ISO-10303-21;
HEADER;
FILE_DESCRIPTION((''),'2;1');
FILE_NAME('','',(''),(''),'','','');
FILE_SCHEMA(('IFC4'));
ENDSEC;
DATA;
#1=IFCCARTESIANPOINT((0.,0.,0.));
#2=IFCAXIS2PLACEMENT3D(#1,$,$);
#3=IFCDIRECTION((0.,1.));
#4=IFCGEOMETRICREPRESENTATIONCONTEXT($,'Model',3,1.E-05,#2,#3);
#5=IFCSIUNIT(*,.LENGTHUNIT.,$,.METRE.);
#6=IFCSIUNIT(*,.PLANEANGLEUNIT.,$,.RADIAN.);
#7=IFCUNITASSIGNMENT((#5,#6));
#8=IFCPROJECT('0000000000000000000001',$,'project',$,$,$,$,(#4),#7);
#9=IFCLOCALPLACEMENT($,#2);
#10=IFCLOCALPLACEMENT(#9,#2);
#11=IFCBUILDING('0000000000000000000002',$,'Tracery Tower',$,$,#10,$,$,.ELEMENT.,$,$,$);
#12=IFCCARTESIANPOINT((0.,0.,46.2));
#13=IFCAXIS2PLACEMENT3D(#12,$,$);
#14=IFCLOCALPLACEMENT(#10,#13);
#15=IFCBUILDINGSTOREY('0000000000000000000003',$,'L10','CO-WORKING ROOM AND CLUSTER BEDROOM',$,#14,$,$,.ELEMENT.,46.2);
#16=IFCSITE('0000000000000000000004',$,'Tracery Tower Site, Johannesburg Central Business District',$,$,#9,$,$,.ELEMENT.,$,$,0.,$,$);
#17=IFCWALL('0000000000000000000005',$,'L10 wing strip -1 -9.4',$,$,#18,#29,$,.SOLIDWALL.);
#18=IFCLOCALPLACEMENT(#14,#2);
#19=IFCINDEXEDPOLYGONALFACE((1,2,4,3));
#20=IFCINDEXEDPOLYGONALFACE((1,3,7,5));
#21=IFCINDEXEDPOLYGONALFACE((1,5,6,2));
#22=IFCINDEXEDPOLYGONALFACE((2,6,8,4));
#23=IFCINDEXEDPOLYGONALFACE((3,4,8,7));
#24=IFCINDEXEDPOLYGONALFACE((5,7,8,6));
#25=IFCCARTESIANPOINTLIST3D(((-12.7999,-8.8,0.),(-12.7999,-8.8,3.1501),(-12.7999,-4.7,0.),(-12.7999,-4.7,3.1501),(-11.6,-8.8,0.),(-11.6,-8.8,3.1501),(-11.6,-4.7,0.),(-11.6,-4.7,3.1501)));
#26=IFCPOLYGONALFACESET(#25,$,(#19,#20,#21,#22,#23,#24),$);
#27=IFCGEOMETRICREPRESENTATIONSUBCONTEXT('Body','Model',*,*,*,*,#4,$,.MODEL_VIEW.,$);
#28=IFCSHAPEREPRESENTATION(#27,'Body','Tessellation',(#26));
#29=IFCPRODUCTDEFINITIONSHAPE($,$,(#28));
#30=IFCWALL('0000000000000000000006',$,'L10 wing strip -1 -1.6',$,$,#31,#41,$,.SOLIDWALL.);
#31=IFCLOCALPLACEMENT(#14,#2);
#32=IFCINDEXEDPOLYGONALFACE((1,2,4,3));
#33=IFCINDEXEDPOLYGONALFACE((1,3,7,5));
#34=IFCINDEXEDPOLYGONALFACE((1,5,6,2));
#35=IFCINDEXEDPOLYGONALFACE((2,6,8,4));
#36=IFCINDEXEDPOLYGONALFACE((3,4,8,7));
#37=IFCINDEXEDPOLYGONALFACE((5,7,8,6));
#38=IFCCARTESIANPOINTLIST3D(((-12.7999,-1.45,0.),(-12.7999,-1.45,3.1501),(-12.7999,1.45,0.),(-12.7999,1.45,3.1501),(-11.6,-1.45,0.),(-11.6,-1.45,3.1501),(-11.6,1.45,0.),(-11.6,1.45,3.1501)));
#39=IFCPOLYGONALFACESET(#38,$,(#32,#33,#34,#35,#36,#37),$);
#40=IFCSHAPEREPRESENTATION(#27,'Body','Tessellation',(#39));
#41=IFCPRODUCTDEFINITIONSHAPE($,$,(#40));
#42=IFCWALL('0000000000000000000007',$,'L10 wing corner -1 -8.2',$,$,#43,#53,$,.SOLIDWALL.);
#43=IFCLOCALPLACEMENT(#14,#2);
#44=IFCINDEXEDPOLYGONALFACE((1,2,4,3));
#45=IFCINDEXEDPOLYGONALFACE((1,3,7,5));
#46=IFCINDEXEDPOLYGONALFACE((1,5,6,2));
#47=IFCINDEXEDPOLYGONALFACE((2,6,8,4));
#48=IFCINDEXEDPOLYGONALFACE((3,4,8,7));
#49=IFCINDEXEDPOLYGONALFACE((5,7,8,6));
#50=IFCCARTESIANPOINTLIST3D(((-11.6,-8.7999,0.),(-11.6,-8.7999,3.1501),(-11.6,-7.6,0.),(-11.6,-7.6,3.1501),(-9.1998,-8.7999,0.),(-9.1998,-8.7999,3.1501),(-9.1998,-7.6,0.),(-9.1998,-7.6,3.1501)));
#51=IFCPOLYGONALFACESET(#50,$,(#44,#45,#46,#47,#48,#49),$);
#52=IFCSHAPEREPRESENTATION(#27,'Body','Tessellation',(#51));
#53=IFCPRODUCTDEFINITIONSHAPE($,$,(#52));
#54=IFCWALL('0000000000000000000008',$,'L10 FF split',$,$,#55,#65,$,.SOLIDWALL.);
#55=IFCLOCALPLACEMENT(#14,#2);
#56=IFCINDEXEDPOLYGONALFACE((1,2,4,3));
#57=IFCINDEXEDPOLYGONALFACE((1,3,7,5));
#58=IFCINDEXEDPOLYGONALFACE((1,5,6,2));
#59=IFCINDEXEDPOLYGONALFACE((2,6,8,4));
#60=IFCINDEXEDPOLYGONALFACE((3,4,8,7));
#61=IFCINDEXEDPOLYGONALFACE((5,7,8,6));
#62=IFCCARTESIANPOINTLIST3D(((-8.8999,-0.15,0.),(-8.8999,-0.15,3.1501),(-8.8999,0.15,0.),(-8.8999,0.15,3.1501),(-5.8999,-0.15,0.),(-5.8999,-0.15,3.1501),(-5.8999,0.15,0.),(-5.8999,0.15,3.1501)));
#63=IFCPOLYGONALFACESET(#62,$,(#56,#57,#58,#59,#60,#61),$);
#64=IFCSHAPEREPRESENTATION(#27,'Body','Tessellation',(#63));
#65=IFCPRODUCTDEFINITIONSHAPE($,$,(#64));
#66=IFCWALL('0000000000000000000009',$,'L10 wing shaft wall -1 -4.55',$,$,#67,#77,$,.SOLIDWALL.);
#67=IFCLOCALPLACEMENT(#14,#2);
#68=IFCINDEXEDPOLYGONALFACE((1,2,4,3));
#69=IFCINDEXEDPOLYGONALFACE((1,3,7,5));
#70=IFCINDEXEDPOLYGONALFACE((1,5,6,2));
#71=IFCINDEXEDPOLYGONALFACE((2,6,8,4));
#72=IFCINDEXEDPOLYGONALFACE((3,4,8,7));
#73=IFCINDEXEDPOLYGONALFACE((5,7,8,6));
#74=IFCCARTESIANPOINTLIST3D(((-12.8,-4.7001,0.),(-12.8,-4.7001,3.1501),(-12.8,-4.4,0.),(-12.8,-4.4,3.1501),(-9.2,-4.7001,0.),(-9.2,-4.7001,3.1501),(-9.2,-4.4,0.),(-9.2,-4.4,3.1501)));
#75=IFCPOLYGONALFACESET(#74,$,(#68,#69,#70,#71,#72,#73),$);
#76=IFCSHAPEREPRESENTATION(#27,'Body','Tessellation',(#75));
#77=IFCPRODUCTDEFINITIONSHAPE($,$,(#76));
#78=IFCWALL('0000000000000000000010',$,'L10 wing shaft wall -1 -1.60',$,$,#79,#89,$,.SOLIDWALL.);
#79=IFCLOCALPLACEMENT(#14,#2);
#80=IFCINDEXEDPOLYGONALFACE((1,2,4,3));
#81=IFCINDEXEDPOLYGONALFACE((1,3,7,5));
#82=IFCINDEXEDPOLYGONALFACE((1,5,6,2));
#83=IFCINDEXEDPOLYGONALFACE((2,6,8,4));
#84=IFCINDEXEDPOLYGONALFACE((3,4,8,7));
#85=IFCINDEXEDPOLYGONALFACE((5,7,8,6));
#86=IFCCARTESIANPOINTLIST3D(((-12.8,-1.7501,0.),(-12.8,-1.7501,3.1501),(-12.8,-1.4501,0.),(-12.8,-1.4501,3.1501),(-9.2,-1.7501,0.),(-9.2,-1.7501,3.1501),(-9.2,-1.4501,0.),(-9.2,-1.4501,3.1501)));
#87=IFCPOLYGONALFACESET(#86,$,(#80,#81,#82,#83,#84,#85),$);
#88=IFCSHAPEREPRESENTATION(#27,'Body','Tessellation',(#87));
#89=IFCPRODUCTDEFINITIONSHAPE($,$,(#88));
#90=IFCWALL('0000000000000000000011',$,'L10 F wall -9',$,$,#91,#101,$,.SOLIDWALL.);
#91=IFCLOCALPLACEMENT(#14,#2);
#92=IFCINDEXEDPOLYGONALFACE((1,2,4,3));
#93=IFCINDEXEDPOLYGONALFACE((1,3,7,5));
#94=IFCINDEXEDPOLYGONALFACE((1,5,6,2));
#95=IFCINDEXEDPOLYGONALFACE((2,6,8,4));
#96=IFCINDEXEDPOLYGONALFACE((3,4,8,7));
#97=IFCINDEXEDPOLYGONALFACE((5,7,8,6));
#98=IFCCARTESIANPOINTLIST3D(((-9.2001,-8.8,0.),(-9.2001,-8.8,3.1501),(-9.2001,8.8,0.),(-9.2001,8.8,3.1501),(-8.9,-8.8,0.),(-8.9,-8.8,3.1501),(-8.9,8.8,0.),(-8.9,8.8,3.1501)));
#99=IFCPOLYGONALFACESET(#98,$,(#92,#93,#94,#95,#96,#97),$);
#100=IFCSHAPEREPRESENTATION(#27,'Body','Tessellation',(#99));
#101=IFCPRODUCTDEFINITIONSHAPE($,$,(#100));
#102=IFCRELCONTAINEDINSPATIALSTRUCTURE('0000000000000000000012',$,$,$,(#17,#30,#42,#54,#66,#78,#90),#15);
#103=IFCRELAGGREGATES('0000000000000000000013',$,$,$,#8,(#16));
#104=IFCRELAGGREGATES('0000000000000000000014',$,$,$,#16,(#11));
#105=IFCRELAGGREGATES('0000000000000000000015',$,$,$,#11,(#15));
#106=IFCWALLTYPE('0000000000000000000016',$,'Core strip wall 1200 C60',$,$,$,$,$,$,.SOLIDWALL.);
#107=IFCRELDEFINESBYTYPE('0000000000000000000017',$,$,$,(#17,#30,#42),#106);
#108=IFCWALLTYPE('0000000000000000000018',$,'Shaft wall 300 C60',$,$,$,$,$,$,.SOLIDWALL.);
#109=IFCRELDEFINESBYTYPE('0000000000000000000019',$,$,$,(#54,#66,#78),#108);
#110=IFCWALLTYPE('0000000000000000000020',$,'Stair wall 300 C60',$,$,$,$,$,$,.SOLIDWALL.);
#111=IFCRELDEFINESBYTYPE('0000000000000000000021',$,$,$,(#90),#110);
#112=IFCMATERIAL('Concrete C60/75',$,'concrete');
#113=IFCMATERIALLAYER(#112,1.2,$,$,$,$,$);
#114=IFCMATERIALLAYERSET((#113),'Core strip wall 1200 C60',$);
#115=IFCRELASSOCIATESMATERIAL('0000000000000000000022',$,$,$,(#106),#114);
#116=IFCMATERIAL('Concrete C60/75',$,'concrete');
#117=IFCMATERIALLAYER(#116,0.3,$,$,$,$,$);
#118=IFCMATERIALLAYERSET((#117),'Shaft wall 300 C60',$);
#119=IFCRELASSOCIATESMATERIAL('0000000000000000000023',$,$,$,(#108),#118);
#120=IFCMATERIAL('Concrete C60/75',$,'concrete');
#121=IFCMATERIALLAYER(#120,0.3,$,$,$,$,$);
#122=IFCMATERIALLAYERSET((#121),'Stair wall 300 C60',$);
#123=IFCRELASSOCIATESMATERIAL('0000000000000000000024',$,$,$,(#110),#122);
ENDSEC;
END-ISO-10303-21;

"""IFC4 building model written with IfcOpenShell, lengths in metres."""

from ifc_helpers import new_model, si_unit, direction, frame, frame_2d, origin, place, context, subcontext, project, spatial, rectangle, extrude, material, layer, layer_set, type_object, element, save


model = new_model("IFC4")

# Units and contexts
model_context = context("Model", 3, precision=1e-05, world=origin(), true_north=direction((0.0, 1.0)))
body_context = subcontext(model_context, "Body", "Model", "MODEL_VIEW")
ifc_project = project(units=[si_unit("LENGTHUNIT", "METRE"), si_unit("PLANEANGLEUNIT", "RADIAN")], contexts=[model_context])

# Site, building, storey
site_placement = place(None, origin())
site = spatial("IfcSite", under=ifc_project, at=site_placement, Name="Tracery Tower Site, Johannesburg Central Business District", CompositionType="ELEMENT", RefElevation=0.0)
building_placement = place(site_placement, origin())
building = spatial("IfcBuilding", under=site, at=building_placement, Name="Tracery Tower", CompositionType="ELEMENT")
storey_placement = place(building_placement, frame((0.0, 0.0, 46.2)))
storey = spatial("IfcBuildingStorey", under=building, at=storey_placement, Name="L10", Description="CO-WORKING ROOM AND CLUSTER BEDROOM", CompositionType="ELEMENT", Elevation=46.2)

# Walls
ifc_material_1 = material(Name="Concrete C60/75", Category="concrete")
ifc_layer_1 = layer(ifc_material_1, 1.2)
ifc_layer_set_1 = layer_set([ifc_layer_1], Name="Core strip wall 1200 C60")
wall_type_1 = type_object("IfcWallType", Name="Core strip wall 1200 C60", PredefinedType="SOLIDWALL", material=ifc_layer_set_1)
wall_1_placement = place(storey_placement, frame((-12.2, -8.8, 0.0), z_axis=(0.0, 0.0, 1.0), x_axis=(0.0, 1.0, 0.0)))
element("IfcWall", 1, at=wall_1_placement, inside=storey, type_object=wall_type_1, Name="L10 wing strip -1 -9.4", PredefinedType="SOLIDWALL", context=body_context, shape_type="SweptSolid", body=[
    extrude(rectangle(XDim=4.1001, YDim=1.2, at=frame_2d((2.05, 0.0))), origin(), (0.0, 0.0, 1.0), 3.1501),
])
wall_2_placement = place(storey_placement, frame((-12.2, -1.45, 0.0), z_axis=(0.0, 0.0, 1.0), x_axis=(0.0, 1.0, 0.0)))
element("IfcWall", 2, at=wall_2_placement, inside=storey, type_object=wall_type_1, Name="L10 wing strip -1 -1.6", PredefinedType="SOLIDWALL", context=body_context, shape_type="SweptSolid", body=[
    extrude(rectangle(XDim=2.8999, YDim=1.2, at=frame_2d((1.45, 0.0))), origin(), (0.0, 0.0, 1.0), 3.1501),
])
wall_3_placement = place(storey_placement, frame((-11.6001, -8.2, 0.0), z_axis=(0.0, 0.0, 1.0), x_axis=(1.0, 0.0, 0.0)))
element("IfcWall", 3, at=wall_3_placement, inside=storey, type_object=wall_type_1, Name="L10 wing corner -1 -8.2", PredefinedType="SOLIDWALL", context=body_context, shape_type="SweptSolid", body=[
    extrude(rectangle(XDim=2.4001, YDim=1.2, at=frame_2d((1.2002, 0.0))), origin(), (0.0, 0.0, 1.0), 3.1501),
])

# Walls
ifc_material_2 = material(Name="Concrete C60/75", Category="concrete")
ifc_layer_2 = layer(ifc_material_2, 0.3)
ifc_layer_set_2 = layer_set([ifc_layer_2], Name="Shaft wall 300 C60")
wall_type_2 = type_object("IfcWallType", Name="Shaft wall 300 C60", PredefinedType="SOLIDWALL", material=ifc_layer_set_2)
wall_4_placement = place(storey_placement, frame((-8.8999, 0.0, 0.0), z_axis=(0.0, 0.0, 1.0), x_axis=(1.0, 0.0, 0.0)))
element("IfcWall", 4, at=wall_4_placement, inside=storey, type_object=wall_type_2, Name="L10 FF split", PredefinedType="SOLIDWALL", context=body_context, shape_type="SweptSolid", body=[
    extrude(rectangle(XDim=3.0, YDim=0.3, at=frame_2d((1.5, 0.0))), origin(), (0.0, 0.0, 1.0), 3.1501),
])
for number, where, z_axis, x_axis, name in (
    (5, (-12.8, -4.55, 0.0), (0.0, 0.0, 1.0), (1.0, 0.0, 0.0), "L10 wing shaft wall -1 -4.55"),
    (6, (-12.8, -1.6001, 0.0), (0.0, 0.0, 1.0), (1.0, 0.0, 0.0), "L10 wing shaft wall -1 -1.60"),
):
    element("IfcWall", number, at=place(storey_placement, frame(where, z_axis=z_axis, x_axis=x_axis)), inside=storey, type_object=wall_type_2, Name=name, PredefinedType="SOLIDWALL", context=body_context, shape_type="SweptSolid", body=[
        extrude(rectangle(XDim=3.6001, YDim=0.3, at=frame_2d((1.8, 0.0))), origin(), (0.0, 0.0, 1.0), 3.1501),
    ])

# Shared definitions
ifc_material_3 = material(Name="Concrete C60/75", Category="concrete")
ifc_layer_3 = layer(ifc_material_3, 0.3)
ifc_layer_set_3 = layer_set([ifc_layer_3], Name="Stair wall 300 C60")
wall_type_3 = type_object("IfcWallType", Name="Stair wall 300 C60", PredefinedType="SOLIDWALL", material=ifc_layer_set_3)

# Wall
wall_5_placement = place(storey_placement, frame((-9.05, -8.8, 0.0), z_axis=(0.0, 0.0, 1.0), x_axis=(0.0, 1.0, 0.0)))
element("IfcWall", 7, at=wall_5_placement, inside=storey, type_object=wall_type_3, Name="L10 F wall -9", PredefinedType="SOLIDWALL", context=body_context, shape_type="SweptSolid", body=[
    extrude(rectangle(XDim=17.6001, YDim=0.3, at=frame_2d((8.8, 0.0))), origin(), (0.0, 0.0, 1.0), 3.1501),
])

save(model, "model.ifc")
